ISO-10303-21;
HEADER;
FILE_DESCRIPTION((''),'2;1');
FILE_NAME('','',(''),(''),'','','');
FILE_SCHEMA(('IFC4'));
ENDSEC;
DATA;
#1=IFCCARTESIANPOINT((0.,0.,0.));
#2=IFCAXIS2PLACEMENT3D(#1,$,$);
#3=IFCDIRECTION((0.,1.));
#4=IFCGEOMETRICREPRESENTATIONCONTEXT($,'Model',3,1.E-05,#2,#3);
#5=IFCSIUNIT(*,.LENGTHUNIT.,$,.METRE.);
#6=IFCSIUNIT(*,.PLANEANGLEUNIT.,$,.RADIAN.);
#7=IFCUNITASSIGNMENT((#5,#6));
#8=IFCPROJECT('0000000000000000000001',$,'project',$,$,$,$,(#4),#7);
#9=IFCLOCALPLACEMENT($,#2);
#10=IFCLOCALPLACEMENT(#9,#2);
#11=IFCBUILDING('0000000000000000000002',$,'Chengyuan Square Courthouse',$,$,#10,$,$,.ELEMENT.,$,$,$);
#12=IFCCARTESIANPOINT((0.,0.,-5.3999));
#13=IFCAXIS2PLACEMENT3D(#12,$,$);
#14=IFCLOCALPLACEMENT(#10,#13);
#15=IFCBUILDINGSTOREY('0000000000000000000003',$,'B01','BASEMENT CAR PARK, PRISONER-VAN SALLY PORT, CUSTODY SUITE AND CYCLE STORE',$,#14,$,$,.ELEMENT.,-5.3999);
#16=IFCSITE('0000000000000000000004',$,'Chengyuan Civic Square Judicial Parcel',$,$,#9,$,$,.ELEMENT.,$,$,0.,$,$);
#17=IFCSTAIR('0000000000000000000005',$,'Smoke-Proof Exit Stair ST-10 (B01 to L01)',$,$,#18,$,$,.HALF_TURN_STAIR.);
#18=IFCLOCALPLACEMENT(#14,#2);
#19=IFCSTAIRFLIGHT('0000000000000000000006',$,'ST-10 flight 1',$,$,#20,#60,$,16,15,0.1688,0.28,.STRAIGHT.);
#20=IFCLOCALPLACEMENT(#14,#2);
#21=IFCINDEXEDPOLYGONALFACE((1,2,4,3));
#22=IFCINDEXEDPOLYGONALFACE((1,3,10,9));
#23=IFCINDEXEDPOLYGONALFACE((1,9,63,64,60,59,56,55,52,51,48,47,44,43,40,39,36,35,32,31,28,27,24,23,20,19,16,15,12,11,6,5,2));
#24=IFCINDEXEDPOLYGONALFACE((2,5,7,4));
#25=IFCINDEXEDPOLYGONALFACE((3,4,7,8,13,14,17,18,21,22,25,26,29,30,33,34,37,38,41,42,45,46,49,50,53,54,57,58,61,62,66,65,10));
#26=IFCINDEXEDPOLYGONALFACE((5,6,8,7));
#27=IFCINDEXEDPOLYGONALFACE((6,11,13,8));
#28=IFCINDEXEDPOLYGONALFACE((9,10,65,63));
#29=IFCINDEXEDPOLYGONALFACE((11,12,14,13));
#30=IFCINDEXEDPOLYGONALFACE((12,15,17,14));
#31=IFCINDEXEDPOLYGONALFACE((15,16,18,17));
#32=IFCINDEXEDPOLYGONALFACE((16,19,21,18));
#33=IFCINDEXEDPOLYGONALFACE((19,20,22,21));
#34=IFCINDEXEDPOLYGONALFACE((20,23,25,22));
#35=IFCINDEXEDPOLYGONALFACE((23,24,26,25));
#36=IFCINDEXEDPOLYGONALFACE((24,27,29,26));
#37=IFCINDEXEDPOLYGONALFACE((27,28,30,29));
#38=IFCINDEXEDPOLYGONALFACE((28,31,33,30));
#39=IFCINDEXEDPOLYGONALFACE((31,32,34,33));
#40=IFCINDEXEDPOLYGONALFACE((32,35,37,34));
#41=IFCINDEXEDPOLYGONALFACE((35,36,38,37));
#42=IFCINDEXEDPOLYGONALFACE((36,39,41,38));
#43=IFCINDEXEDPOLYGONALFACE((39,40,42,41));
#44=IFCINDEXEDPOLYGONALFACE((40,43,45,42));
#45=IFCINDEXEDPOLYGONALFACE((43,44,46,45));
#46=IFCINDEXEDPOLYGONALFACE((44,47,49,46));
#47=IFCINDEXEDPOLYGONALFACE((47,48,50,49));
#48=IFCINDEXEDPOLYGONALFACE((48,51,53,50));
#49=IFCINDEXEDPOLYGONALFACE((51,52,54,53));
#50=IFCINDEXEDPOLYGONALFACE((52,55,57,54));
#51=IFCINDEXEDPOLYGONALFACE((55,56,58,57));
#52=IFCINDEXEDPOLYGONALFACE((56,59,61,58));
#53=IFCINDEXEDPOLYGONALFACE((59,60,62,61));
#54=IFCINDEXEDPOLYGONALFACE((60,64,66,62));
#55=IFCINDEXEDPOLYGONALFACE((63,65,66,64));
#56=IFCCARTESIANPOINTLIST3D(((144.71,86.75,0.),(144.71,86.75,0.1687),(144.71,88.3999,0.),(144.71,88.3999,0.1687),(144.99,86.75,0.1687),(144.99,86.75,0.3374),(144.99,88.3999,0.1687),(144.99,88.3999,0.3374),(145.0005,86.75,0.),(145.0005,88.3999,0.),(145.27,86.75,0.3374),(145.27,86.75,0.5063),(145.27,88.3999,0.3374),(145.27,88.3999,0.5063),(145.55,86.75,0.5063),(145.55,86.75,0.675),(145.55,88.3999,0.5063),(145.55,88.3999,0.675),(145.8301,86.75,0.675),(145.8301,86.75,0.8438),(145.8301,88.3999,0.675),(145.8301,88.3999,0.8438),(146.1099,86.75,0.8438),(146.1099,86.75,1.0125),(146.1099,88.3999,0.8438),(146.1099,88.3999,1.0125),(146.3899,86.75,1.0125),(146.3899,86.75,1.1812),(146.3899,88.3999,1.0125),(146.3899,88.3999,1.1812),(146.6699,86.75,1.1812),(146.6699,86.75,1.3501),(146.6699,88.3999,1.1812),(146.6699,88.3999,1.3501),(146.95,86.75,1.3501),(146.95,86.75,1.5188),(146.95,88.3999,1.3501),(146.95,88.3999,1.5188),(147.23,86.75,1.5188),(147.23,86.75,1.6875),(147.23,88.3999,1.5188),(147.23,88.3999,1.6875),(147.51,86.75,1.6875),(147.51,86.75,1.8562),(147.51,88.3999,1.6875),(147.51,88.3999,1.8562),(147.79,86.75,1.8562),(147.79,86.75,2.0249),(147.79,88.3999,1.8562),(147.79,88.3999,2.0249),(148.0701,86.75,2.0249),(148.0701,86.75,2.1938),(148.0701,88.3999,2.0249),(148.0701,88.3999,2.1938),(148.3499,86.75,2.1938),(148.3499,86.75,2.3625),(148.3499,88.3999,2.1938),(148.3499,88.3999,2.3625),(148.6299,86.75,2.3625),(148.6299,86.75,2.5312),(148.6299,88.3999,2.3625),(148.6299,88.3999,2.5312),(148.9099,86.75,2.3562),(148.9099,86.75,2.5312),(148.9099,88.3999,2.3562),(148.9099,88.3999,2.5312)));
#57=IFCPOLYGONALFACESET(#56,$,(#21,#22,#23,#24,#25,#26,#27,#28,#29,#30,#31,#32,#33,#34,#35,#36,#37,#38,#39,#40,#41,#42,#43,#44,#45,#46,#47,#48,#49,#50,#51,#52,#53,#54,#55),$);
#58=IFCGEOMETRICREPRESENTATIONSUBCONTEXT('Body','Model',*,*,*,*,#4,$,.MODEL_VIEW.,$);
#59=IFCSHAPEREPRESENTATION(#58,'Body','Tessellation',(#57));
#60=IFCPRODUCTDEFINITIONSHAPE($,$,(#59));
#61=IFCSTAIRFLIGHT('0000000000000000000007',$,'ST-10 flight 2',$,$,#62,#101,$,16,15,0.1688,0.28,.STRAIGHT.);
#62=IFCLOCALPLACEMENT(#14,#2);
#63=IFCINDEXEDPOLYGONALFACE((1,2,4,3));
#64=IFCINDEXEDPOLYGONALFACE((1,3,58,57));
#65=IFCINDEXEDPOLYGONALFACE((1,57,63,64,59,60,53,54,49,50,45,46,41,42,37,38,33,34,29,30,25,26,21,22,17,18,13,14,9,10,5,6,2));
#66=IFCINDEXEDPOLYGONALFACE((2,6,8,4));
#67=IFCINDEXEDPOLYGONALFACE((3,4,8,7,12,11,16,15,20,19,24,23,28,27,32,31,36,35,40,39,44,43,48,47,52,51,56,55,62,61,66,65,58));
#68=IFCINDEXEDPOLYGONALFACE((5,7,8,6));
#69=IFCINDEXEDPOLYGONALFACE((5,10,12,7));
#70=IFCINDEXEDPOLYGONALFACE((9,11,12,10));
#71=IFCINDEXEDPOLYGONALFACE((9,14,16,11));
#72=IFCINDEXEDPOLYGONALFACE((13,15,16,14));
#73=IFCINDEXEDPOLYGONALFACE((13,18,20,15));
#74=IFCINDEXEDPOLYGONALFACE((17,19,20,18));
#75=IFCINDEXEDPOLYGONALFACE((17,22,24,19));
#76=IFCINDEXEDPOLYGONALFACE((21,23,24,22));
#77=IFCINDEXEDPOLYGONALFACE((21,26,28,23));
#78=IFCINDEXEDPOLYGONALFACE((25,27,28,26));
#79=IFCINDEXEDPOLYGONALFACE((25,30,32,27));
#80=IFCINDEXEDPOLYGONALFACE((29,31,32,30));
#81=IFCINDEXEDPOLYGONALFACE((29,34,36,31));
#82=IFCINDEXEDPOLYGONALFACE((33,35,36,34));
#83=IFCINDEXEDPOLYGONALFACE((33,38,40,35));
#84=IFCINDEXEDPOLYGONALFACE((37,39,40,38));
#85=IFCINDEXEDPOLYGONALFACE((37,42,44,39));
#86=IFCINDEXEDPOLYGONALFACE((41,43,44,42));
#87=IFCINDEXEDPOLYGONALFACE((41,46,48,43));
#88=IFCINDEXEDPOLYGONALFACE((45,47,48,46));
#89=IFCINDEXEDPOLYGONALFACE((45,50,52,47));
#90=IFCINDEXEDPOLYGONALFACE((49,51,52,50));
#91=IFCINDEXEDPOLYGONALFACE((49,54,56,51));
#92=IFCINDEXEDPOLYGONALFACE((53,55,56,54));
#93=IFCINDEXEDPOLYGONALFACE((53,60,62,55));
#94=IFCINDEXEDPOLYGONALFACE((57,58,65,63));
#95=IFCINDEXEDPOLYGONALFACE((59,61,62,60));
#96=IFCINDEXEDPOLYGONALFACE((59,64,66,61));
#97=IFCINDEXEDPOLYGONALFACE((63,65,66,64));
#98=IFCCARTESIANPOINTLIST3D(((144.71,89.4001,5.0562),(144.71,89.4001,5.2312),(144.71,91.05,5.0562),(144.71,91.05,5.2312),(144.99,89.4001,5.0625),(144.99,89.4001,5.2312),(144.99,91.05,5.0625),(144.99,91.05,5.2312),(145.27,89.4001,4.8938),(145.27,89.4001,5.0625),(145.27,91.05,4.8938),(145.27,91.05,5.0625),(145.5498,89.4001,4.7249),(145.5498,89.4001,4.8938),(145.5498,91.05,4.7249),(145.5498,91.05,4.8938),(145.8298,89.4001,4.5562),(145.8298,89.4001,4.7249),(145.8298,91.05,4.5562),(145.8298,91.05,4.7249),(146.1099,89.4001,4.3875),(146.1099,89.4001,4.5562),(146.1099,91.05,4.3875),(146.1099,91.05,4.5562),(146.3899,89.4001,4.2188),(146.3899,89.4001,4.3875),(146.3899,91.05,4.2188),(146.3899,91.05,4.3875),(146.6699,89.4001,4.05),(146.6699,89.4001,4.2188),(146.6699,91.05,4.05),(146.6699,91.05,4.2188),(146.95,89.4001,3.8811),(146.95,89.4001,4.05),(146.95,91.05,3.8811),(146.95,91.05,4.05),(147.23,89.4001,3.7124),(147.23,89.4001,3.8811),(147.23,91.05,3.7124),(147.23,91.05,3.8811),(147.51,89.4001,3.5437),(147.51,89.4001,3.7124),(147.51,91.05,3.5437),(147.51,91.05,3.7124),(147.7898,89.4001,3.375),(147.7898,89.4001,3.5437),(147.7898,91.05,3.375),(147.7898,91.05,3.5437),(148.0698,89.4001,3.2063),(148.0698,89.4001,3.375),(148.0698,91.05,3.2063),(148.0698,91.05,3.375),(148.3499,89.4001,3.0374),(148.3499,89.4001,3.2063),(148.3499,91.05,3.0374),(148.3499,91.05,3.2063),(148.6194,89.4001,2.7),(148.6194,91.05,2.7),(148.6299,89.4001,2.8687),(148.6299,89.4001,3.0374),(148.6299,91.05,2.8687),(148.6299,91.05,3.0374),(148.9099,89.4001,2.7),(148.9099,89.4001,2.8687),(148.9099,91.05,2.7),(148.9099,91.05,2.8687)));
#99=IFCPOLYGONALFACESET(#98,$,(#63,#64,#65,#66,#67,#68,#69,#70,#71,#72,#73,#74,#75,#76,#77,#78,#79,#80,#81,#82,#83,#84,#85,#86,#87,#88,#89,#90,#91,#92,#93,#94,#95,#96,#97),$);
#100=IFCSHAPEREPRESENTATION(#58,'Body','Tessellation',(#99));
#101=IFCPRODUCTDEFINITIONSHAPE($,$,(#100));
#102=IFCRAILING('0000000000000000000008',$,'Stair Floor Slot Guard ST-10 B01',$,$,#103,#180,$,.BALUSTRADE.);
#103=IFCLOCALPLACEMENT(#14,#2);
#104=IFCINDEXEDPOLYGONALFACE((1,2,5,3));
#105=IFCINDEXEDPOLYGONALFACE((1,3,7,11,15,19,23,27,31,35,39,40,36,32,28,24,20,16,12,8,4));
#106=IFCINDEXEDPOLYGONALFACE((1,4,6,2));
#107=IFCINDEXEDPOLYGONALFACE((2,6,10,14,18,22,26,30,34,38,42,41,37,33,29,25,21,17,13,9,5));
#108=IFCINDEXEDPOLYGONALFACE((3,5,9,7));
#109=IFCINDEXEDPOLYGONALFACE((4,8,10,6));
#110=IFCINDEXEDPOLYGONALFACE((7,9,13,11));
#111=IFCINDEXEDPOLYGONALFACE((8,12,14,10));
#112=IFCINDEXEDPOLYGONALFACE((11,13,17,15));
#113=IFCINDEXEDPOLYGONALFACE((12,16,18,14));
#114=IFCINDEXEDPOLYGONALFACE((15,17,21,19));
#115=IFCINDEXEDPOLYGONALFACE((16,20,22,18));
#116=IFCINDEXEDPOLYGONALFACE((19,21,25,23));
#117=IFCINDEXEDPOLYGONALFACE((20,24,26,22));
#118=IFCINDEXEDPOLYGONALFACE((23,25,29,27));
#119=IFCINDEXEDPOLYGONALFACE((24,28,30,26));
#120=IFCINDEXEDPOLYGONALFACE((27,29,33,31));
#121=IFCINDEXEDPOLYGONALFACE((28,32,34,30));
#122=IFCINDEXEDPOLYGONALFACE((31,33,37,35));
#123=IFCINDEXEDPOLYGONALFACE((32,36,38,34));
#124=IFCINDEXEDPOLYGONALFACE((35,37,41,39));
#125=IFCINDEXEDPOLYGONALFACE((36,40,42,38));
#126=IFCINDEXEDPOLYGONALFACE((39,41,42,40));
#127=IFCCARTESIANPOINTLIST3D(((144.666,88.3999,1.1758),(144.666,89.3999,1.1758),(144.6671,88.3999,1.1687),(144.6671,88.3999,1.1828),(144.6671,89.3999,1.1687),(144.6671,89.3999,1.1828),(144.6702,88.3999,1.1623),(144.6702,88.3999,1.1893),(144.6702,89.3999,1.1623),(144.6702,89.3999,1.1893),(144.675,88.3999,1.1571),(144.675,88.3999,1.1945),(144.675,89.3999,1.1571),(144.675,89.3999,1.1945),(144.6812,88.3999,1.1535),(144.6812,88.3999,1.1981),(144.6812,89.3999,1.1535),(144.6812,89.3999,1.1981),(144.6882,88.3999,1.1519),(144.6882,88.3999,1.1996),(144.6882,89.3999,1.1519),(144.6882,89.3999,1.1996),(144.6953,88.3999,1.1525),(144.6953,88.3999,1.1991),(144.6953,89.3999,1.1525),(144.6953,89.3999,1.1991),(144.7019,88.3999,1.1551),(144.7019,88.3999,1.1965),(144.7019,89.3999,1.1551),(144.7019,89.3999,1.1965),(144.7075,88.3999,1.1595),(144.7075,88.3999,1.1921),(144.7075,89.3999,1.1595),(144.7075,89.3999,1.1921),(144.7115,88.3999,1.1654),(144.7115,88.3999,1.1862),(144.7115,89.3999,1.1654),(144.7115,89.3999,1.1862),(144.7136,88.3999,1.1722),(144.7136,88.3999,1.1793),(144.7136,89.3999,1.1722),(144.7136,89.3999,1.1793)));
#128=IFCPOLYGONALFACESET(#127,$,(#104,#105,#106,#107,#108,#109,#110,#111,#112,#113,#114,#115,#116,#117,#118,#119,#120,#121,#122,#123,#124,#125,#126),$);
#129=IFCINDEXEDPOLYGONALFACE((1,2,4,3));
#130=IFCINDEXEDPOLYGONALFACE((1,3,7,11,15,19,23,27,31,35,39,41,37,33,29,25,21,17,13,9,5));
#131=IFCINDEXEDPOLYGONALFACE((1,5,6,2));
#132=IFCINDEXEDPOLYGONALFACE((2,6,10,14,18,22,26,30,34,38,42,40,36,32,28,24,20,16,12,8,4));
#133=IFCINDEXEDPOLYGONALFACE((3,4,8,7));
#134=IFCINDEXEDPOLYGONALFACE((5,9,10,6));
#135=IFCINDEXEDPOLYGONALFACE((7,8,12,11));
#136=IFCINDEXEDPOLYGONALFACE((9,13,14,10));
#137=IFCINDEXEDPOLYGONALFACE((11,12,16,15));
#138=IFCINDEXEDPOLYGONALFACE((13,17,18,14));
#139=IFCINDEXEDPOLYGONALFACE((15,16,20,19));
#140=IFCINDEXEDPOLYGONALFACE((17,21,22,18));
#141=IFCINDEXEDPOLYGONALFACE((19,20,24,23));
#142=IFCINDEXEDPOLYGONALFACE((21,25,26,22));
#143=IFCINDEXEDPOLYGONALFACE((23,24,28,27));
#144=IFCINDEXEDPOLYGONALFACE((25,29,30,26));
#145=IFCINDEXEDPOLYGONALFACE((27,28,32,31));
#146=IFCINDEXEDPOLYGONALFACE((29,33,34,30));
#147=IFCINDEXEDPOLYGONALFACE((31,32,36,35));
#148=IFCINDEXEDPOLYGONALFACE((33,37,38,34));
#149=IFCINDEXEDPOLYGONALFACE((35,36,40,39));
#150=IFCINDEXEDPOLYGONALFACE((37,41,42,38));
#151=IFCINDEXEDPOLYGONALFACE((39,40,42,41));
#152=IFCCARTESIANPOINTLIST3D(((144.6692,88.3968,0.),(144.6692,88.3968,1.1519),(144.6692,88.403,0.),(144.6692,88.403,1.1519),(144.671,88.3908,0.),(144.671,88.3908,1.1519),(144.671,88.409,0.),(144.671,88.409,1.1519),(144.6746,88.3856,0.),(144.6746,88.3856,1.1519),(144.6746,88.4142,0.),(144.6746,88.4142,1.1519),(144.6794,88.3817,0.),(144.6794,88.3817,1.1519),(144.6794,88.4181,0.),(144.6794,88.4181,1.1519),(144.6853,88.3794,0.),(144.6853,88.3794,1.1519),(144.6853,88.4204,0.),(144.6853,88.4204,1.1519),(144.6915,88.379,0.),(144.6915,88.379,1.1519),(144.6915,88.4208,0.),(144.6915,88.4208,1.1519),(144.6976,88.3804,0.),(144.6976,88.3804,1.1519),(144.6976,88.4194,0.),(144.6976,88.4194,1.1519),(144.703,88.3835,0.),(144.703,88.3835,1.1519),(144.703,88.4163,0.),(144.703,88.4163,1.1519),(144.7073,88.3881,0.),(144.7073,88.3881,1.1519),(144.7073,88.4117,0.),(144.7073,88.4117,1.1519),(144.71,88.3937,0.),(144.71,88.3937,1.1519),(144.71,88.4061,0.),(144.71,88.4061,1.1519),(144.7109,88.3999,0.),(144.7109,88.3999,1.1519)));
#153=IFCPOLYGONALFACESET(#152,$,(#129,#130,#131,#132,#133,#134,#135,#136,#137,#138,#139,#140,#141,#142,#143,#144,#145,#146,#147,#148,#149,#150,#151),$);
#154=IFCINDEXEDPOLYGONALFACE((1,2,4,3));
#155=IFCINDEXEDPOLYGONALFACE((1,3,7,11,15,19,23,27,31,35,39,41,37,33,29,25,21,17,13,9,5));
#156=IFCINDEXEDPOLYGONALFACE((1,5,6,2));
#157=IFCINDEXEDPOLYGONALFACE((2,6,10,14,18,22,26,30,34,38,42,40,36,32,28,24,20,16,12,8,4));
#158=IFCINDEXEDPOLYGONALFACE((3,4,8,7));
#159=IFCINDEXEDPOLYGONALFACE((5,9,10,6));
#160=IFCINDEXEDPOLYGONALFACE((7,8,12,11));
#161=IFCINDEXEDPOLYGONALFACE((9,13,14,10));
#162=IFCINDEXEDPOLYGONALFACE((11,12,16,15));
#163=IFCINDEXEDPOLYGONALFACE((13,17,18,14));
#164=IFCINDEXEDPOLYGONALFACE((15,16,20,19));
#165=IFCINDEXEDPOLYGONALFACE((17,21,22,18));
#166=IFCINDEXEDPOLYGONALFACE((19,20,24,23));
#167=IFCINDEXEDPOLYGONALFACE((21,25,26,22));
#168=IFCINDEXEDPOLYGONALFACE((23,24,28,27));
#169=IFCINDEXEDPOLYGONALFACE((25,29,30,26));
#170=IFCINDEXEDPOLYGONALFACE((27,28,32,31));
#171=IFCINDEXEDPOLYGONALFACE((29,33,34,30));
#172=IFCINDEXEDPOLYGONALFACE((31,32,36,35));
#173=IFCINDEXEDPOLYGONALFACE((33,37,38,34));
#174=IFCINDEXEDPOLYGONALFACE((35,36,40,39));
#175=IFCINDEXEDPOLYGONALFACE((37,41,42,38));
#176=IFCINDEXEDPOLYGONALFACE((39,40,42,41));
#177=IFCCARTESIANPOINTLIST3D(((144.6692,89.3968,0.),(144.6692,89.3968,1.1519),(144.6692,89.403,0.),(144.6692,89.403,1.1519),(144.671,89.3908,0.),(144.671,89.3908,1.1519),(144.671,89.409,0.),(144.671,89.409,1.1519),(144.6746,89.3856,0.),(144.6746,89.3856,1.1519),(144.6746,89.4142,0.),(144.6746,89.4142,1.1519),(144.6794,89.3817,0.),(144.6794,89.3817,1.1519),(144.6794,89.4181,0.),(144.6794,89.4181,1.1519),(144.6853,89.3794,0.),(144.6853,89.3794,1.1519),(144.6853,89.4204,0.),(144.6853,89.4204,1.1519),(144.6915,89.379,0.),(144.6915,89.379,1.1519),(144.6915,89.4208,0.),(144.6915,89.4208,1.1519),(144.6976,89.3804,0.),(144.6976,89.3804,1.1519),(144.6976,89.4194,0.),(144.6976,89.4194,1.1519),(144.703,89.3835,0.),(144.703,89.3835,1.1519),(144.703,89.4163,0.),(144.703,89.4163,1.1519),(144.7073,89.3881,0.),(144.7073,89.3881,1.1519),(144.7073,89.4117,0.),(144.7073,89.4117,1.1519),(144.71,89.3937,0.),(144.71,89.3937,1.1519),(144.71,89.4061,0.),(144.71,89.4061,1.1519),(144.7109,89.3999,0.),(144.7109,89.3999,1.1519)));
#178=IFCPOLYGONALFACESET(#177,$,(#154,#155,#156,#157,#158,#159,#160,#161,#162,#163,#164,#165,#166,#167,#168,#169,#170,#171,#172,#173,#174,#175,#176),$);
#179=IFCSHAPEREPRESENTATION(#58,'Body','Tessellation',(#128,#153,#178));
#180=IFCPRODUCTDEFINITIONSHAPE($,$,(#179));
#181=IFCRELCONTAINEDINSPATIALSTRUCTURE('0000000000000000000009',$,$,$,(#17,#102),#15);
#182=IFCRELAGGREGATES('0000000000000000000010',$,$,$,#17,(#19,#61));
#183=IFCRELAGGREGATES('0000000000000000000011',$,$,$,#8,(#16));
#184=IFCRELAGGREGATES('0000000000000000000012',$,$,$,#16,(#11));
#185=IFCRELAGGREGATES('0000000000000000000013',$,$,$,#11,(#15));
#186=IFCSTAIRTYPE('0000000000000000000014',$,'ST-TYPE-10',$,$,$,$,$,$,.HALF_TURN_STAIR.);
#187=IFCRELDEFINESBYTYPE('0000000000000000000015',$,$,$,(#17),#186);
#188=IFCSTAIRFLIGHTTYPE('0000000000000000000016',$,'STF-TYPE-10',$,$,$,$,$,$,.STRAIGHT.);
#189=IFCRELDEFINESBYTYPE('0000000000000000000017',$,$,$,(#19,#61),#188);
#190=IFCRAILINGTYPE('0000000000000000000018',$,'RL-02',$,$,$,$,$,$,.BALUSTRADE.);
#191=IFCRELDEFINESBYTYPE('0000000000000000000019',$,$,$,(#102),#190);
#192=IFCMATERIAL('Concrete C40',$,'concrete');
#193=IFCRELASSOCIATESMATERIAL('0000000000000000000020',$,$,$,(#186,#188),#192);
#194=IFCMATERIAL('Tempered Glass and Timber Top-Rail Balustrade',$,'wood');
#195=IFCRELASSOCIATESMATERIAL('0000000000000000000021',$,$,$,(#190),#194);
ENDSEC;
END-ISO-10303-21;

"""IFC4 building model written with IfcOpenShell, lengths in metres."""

from ifc_helpers import new_model, si_unit, direction, frame, origin, origin_2d, place, context, subcontext, project, spatial, polyline, circle, outline, extrude, material, type_object, element, aggregate, save


model = new_model("IFC4")

# Units and contexts
model_context = context("Model", 3, precision=1e-05, world=origin(), true_north=direction((0.0, 1.0)))
body_context = subcontext(model_context, "Body", "Model", "MODEL_VIEW")
ifc_project = project(units=[si_unit("LENGTHUNIT", "METRE"), si_unit("PLANEANGLEUNIT", "RADIAN")], contexts=[model_context])

# Site, building, storey
site_placement = place(None, origin())
site = spatial("IfcSite", under=ifc_project, at=site_placement, Name="Chengyuan Civic Square Judicial Parcel", CompositionType="ELEMENT", RefElevation=0.0)
building_placement = place(site_placement, origin())
building = spatial("IfcBuilding", under=site, at=building_placement, Name="Chengyuan Square Courthouse", CompositionType="ELEMENT")
storey_placement = place(building_placement, frame((0.0, 0.0, -5.3999)))
storey = spatial("IfcBuildingStorey", under=building, at=storey_placement, Name="B01", Description="BASEMENT CAR PARK, PRISONER-VAN SALLY PORT, CUSTODY SUITE AND CYCLE STORE", CompositionType="ELEMENT", Elevation=-5.3999)

# Shared definitions
ifc_material_1 = material(Name="Concrete C40", Category="concrete")

# Stair, stair flights
stair_type = type_object("IfcStairType", Name="ST-TYPE-10", PredefinedType="HALF_TURN_STAIR", material=ifc_material_1)
stair_placement = place(storey_placement, origin())
stair = element("IfcStair", 1, at=stair_placement, inside=storey, type_object=stair_type, Name="Smoke-Proof Exit Stair ST-10 (B01 to L01)", PredefinedType="HALF_TURN_STAIR")
stair_flight_type = type_object("IfcStairFlightType", Name="STF-TYPE-10", PredefinedType="STRAIGHT", material=ifc_material_1)
stair_flight_1_placement = place(storey_placement, frame((144.71, 87.575, 0.0), z_axis=(0.0, 0.0, 1.0), x_axis=(1.0, 0.0, 0.0)))
stair_flight_1 = element("IfcStairFlight", 2, at=stair_flight_1_placement, type_object=stair_flight_type, Name="ST-10 flight 1", NumberOfRisers=16, NumberOfTreads=15, PredefinedType="STRAIGHT", RiserHeight=0.1688, TreadLength=0.28, context=body_context, shape_type="SweptSolid", body=[
    extrude(outline(polyline([(0.0, 0.0), (0.0, 0.1687), (0.28, 0.1687), (0.28, 0.3374), (0.5601, 0.3374), (0.5601, 0.5063), (0.8401, 0.5063), (0.8401, 0.675), (1.1201, 0.675), (1.1201, 0.8438), (1.3999, 0.8438), (1.3999, 1.0125), (1.6799, 1.0125), (1.6799, 1.1812), (1.96, 1.1812), (1.96, 1.3501), (2.24, 1.3501), (2.24, 1.5188), (2.52, 1.5188), (2.52, 1.6875), (2.8, 1.6875), (2.8, 1.8562), (3.0801, 1.8562), (3.0801, 2.0249), (3.3601, 2.0249), (3.3601, 2.1938), (3.6399, 2.1938), (3.6399, 2.3625), (3.9199, 2.3625), (3.9199, 2.5312), (4.2, 2.5312), (4.2, 2.7), (4.2, 2.3562), (0.2905, 0.0), (0.0, 0.0)])), frame((0.0, 0.825, 0.0), z_axis=(0.0, -1.0, 0.0), x_axis=(1.0, 0.0, 0.0)), (0.0, 0.0, 1.0), 1.6499),
])
stair_flight_2_placement = place(storey_placement, frame((148.9099, 90.2251, 2.7), z_axis=(0.0, 0.0, 1.0), x_axis=(-1.0, 0.0, 0.0)))
stair_flight_2 = element("IfcStairFlight", 3, at=stair_flight_2_placement, type_object=stair_flight_type, Name="ST-10 flight 2", NumberOfRisers=16, NumberOfTreads=15, PredefinedType="STRAIGHT", RiserHeight=0.1688, TreadLength=0.28, context=body_context, shape_type="SweptSolid", body=[
    extrude(outline(polyline([(0.0, 0.0), (0.0, 0.1687), (0.28, 0.1687), (0.28, 0.3374), (0.5601, 0.3374), (0.5601, 0.5063), (0.8401, 0.5063), (0.8401, 0.675), (1.1201, 0.675), (1.1201, 0.8438), (1.3999, 0.8438), (1.3999, 1.0125), (1.6799, 1.0125), (1.6799, 1.1812), (1.96, 1.1812), (1.96, 1.3501), (2.24, 1.3501), (2.24, 1.5188), (2.52, 1.5188), (2.52, 1.6875), (2.8, 1.6875), (2.8, 1.8562), (3.0801, 1.8562), (3.0801, 2.0249), (3.3601, 2.0249), (3.3601, 2.1938), (3.6399, 2.1938), (3.6399, 2.3625), (3.9199, 2.3625), (3.9199, 2.5312), (4.2, 2.5312), (4.2, 2.7), (4.2, 2.3562), (0.2905, 0.0), (0.0, 0.0)])), frame((0.0, 0.825, 0.0), z_axis=(0.0, -1.0, 0.0), x_axis=(1.0, 0.0, 0.0)), (0.0, 0.0, 1.0), 1.6499),
])
aggregate(stair, [stair_flight_1, stair_flight_2])

# Railing
ifc_material_2 = material(Name="Tempered Glass and Timber Top-Rail Balustrade", Category="wood")
railing_type_1 = type_object("IfcRailingType", Name="RL-02", PredefinedType="BALUSTRADE", material=ifc_material_2)
for number, where, name in (
    (4, (144.6899, 88.3999, 0.0), "Stair Floor Slot Guard ST-10 B01"),
):
    element("IfcRailing", number, at=place(storey_placement, frame(where)), inside=storey, type_object=railing_type_1, Name=name, PredefinedType="BALUSTRADE", context=body_context, shape_type="SweptSolid", body=[
        extrude(circle(Radius=0.0239, at=origin_2d()), frame((0.0, 0.0, 1.1758), z_axis=(0.0, 1.0, 0.0), x_axis=(-1.0, 0.0, 0.0)), (0.0, 0.0, 1.0), 1.0),
        extrude(circle(Radius=0.021, at=origin_2d()), origin(), (0.0, 0.0, 1.0), 1.1519),
        extrude(circle(Radius=0.021, at=origin_2d()), frame((0.0, 1.0, 0.0)), (0.0, 0.0, 1.0), 1.1519),
    ])

save(model, "model.ifc")
